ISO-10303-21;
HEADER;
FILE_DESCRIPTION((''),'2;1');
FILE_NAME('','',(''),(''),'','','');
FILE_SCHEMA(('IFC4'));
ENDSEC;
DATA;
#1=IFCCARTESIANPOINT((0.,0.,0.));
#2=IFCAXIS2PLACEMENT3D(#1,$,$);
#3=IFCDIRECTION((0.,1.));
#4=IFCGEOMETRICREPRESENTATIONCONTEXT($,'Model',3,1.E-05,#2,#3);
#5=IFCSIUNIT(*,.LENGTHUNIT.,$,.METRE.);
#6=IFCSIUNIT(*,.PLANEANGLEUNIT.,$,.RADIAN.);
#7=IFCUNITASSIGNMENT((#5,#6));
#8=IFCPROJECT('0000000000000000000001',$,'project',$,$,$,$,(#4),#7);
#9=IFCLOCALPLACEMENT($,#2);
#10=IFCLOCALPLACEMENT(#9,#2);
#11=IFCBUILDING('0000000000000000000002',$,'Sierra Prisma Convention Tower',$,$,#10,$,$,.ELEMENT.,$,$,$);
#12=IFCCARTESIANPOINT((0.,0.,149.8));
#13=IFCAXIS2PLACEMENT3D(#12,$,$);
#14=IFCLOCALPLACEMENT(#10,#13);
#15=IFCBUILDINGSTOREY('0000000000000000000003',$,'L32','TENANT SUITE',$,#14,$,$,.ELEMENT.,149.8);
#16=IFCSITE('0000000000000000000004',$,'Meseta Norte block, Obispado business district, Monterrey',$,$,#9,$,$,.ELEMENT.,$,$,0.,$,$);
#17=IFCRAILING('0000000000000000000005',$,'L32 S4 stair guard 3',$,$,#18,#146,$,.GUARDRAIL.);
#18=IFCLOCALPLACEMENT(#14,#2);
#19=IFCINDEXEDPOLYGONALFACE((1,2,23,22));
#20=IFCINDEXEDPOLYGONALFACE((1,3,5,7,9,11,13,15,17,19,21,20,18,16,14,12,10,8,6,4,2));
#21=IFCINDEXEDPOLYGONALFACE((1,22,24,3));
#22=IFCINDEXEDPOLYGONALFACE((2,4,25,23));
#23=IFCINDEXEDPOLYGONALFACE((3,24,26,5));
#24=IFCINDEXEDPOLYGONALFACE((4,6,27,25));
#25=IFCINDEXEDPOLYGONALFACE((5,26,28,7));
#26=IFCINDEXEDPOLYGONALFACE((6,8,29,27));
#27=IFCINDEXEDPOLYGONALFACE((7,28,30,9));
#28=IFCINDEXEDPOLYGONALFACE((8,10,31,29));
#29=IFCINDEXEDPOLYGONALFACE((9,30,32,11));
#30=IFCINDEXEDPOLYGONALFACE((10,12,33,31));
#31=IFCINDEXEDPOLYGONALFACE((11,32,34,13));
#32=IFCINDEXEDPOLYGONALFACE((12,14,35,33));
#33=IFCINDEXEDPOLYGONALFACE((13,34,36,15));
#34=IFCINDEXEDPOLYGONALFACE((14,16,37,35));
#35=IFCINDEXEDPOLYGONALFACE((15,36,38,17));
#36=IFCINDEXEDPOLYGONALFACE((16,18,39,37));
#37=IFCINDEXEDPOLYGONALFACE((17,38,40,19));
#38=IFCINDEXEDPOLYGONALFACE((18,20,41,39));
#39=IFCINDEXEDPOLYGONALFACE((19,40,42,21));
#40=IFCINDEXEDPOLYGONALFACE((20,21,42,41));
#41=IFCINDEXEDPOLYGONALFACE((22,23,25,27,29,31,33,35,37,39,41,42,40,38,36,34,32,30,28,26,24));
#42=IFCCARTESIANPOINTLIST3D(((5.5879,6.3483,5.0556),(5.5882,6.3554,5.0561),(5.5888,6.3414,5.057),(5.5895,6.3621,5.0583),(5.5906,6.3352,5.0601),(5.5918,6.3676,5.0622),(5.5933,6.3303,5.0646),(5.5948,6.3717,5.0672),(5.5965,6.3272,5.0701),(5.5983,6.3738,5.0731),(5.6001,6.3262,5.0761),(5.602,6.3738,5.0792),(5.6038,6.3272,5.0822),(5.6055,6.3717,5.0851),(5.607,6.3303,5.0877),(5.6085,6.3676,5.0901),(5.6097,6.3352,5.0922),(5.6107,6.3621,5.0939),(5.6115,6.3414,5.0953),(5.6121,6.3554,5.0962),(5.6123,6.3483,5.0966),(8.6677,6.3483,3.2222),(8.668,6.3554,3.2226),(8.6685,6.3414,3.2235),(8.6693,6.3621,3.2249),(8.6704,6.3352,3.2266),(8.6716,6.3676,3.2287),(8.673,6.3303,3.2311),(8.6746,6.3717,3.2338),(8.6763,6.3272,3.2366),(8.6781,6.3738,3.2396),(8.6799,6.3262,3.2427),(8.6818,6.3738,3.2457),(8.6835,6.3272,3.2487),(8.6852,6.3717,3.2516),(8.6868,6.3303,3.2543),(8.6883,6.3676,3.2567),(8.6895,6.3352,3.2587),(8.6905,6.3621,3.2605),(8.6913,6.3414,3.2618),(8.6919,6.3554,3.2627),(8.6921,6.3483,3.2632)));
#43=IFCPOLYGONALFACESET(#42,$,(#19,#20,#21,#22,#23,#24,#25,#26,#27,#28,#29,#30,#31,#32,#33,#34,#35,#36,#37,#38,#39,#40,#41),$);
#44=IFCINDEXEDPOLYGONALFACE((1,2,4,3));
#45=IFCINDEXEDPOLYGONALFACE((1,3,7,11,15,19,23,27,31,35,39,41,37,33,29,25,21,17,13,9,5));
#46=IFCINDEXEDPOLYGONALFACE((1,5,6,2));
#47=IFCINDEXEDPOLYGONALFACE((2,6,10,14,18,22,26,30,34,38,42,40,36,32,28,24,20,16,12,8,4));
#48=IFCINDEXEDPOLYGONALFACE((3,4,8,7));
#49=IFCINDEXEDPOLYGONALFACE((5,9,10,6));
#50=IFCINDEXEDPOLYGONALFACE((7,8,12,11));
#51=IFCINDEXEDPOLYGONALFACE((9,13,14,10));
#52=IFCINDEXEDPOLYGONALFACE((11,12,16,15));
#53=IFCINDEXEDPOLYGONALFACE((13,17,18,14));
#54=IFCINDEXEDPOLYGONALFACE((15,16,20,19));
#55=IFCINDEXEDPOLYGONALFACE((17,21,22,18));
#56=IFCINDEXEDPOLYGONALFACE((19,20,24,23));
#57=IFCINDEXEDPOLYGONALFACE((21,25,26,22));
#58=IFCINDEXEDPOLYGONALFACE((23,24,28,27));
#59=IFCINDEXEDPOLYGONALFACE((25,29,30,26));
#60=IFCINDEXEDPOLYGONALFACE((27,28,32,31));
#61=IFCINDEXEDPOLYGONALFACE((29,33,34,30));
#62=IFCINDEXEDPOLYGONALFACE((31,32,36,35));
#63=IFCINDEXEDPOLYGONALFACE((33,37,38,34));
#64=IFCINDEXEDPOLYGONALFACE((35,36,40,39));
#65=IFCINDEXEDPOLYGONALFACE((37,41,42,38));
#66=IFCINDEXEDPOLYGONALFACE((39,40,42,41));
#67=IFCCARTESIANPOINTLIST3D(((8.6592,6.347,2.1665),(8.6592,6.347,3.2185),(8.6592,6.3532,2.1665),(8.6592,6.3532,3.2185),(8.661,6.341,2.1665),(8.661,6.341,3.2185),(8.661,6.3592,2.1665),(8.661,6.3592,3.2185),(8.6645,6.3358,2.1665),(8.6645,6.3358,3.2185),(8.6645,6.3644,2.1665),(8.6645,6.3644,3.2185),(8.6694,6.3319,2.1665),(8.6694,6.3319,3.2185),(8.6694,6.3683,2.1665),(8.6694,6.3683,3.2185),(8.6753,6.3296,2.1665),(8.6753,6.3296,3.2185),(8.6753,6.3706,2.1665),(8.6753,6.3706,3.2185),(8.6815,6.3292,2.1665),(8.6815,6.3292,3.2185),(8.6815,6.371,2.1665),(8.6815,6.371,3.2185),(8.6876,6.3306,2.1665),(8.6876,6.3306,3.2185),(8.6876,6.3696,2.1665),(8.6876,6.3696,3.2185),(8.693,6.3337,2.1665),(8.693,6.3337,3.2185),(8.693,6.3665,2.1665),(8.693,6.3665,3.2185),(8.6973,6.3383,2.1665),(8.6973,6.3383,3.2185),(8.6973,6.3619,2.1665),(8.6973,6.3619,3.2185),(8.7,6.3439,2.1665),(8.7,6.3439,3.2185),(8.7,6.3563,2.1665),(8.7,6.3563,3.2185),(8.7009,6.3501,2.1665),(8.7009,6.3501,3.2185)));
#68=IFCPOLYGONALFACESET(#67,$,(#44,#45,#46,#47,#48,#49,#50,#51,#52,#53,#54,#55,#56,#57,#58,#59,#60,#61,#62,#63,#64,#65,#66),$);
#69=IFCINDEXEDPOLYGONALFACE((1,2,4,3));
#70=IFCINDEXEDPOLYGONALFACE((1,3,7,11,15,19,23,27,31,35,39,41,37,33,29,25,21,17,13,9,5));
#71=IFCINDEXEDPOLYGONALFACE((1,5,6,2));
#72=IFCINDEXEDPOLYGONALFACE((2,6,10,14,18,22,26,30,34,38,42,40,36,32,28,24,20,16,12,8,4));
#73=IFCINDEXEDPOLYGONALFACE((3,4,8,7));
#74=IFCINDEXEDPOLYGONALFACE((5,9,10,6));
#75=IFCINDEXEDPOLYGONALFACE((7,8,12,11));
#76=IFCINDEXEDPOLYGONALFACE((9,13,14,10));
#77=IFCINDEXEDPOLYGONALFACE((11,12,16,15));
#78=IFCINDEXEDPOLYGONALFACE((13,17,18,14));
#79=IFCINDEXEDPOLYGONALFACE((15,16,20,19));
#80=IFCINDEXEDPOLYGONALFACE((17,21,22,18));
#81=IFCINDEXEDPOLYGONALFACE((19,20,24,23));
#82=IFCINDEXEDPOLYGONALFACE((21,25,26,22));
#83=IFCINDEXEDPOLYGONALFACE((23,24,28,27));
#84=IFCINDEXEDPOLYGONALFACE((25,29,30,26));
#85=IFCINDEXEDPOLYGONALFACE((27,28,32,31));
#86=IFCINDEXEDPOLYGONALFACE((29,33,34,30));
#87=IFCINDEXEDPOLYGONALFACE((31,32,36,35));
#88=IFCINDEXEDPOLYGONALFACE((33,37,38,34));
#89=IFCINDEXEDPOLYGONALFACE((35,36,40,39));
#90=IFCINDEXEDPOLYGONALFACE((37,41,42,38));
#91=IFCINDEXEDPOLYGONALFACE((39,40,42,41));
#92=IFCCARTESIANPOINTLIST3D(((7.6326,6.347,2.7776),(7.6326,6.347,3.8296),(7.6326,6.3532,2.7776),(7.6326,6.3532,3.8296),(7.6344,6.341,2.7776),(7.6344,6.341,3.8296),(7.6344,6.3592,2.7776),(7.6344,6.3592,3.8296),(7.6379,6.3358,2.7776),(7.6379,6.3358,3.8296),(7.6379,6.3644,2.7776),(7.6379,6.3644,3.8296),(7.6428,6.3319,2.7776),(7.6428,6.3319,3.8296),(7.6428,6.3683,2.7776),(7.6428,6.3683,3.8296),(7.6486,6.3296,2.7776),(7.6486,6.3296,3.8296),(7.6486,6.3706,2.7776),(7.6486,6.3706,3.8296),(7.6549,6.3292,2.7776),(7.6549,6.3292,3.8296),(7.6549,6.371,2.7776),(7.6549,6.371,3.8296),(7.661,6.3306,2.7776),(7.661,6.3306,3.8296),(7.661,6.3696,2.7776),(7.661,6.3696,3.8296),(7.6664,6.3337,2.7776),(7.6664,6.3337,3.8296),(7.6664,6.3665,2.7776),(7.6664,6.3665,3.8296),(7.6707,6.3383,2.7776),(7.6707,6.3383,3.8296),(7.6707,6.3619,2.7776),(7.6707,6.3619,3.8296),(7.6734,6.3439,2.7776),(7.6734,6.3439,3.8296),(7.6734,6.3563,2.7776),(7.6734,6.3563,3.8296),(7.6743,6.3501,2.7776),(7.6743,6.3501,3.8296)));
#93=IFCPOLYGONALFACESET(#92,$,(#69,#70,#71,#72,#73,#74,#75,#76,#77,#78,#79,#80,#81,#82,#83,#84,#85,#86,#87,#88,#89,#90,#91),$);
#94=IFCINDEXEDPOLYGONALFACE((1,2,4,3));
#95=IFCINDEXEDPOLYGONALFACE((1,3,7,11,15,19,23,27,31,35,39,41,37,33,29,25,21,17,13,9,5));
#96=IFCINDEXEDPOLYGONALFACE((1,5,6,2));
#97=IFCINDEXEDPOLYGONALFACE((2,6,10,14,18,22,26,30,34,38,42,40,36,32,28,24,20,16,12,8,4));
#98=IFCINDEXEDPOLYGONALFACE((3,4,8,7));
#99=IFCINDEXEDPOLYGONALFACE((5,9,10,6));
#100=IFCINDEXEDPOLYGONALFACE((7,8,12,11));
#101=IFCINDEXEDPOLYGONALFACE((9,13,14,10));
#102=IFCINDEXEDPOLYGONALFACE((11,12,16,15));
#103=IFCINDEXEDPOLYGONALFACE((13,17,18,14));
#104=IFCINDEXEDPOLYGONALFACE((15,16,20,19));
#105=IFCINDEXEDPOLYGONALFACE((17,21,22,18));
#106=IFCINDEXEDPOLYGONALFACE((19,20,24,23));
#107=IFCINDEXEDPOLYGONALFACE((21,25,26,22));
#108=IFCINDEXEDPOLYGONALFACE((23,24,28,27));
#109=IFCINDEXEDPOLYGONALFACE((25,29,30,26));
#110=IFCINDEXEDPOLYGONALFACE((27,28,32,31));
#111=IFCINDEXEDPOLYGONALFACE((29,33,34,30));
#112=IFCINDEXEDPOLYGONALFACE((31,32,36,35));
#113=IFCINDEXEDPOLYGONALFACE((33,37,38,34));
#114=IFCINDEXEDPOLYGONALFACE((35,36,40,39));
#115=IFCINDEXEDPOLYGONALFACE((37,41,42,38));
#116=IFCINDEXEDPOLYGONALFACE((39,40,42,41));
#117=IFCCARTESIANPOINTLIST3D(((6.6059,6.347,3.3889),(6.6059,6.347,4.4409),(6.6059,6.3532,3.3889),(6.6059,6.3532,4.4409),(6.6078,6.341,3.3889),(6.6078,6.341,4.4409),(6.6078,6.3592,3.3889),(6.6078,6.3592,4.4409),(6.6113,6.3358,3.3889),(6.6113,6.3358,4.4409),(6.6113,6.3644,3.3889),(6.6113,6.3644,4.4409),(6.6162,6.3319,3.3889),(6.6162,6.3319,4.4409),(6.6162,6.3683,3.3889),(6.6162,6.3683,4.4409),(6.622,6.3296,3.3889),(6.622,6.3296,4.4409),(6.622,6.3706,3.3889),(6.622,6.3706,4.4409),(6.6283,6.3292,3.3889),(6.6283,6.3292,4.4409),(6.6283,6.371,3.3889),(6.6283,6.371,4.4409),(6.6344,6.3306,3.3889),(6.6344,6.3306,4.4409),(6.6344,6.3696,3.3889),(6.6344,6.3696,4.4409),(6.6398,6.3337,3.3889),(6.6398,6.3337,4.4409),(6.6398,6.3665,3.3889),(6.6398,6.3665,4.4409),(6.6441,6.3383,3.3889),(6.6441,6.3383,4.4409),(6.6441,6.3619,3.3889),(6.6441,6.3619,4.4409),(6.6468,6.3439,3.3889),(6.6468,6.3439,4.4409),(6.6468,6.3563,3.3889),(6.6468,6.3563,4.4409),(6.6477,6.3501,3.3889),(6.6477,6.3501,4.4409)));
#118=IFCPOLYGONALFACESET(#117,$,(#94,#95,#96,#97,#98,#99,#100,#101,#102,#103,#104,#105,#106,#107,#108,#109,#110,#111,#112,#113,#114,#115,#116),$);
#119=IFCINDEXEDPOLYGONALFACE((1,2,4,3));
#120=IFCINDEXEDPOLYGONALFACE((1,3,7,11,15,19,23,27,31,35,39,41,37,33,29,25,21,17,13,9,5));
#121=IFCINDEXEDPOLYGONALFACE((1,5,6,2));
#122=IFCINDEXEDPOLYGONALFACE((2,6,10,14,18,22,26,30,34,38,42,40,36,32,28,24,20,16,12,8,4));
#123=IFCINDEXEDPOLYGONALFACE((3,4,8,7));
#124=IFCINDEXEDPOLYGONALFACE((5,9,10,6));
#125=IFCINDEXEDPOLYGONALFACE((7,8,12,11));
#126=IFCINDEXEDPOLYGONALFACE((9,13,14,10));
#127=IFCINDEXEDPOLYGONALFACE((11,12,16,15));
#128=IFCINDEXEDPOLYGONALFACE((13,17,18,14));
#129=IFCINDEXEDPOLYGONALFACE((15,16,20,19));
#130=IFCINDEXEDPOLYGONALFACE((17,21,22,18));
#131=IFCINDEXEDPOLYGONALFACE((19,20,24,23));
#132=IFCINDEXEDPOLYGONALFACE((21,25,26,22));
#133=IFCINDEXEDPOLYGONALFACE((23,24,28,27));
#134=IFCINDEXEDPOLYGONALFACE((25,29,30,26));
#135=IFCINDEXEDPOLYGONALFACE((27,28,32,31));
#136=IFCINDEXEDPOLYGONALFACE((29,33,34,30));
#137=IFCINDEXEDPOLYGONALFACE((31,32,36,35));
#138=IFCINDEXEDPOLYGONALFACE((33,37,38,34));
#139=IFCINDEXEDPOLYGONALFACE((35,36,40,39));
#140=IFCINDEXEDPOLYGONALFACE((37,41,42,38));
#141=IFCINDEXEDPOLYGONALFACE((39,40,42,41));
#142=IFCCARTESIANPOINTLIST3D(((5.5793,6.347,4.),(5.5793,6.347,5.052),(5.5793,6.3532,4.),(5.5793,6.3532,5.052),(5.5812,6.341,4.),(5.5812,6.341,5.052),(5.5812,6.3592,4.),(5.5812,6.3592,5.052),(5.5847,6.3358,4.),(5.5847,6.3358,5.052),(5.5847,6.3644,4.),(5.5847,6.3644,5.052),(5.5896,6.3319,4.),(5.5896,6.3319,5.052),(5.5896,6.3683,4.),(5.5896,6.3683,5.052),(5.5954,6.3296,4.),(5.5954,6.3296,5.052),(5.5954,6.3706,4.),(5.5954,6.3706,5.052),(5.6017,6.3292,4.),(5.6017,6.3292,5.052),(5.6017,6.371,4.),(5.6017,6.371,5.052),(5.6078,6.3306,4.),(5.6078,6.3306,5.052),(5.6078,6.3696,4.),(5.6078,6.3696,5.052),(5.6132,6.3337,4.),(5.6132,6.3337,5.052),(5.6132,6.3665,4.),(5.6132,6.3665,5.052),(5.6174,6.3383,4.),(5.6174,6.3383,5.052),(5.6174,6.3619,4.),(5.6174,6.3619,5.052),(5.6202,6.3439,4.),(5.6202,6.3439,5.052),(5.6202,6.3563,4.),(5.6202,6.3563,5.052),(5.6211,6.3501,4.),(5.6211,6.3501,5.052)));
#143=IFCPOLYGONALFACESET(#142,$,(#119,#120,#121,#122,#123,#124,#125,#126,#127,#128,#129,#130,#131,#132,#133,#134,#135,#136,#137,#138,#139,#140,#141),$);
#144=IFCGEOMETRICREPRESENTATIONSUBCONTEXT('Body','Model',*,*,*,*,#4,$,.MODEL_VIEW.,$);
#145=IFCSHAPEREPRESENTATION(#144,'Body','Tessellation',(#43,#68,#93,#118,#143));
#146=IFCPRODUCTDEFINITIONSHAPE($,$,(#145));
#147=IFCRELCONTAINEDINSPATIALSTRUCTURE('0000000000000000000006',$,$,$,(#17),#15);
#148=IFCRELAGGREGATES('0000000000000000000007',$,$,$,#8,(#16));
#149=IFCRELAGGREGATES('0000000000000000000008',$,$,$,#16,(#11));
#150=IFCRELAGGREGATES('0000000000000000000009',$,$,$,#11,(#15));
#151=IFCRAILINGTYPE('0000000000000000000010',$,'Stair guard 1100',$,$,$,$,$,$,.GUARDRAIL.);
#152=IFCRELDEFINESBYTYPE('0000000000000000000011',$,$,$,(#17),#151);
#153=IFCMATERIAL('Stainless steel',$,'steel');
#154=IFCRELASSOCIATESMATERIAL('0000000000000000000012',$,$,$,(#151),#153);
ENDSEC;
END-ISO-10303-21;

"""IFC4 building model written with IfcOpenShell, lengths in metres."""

from ifc_helpers import new_model, si_unit, direction, frame, origin, origin_2d, place, context, subcontext, project, spatial, circle, extrude, material, type_object, element, save


model = new_model("IFC4")

# Units and contexts
model_context = context("Model", 3, precision=1e-05, world=origin(), true_north=direction((0.0, 1.0)))
body_context = subcontext(model_context, "Body", "Model", "MODEL_VIEW")
ifc_project = project(units=[si_unit("LENGTHUNIT", "METRE"), si_unit("PLANEANGLEUNIT", "RADIAN")], contexts=[model_context])

# Site, building, storey
site_placement = place(None, origin())
site = spatial("IfcSite", under=ifc_project, at=site_placement, Name="Meseta Norte block, Obispado business district, Monterrey", CompositionType="ELEMENT", RefElevation=0.0)
building_placement = place(site_placement, origin())
building = spatial("IfcBuilding", under=site, at=building_placement, Name="Sierra Prisma Convention Tower", CompositionType="ELEMENT")
storey_placement = place(building_placement, frame((0.0, 0.0, 149.8)))
storey = spatial("IfcBuildingStorey", under=building, at=storey_placement, Name="L32", Description="TENANT SUITE", CompositionType="ELEMENT", Elevation=149.8)

# Railing
ifc_material_1 = material(Name="Stainless steel", Category="steel")
railing_type_1 = type_object("IfcRailingType", Name="Stair guard 1100", PredefinedType="GUARDRAIL", material=ifc_material_1)
railing_1_placement = place(storey_placement, frame((8.6799, 6.3501, 2.1665)))
element("IfcRailing", 1, at=railing_1_placement, inside=storey, type_object=railing_type_1, Name="L32 S4 stair guard 3", PredefinedType="GUARDRAIL", context=body_context, shape_type="SweptSolid", body=[
    extrude(circle(Radius=0.0239, at=origin_2d()), frame((0.0, 0.0, 1.0762), z_axis=(-0.859261, 0.0, 0.511538), x_axis=(0.0, -1.0, 0.0)), (0.0, 0.0, 1.0), 3.5842),
    extrude(circle(Radius=0.021, at=origin_2d()), origin(), (0.0, 0.0, 1.0), 1.052),
    extrude(circle(Radius=0.021, at=origin_2d()), frame((-1.0266, 0.0, 0.6111)), (0.0, 0.0, 1.0), 1.052),
    extrude(circle(Radius=0.021, at=origin_2d()), frame((-2.0532, 0.0, 1.2224)), (0.0, 0.0, 1.0), 1.052),
    extrude(circle(Radius=0.021, at=origin_2d()), frame((-3.0798, 0.0, 1.8335)), (0.0, 0.0, 1.0), 1.052),
])

save(model, "model.ifc")
